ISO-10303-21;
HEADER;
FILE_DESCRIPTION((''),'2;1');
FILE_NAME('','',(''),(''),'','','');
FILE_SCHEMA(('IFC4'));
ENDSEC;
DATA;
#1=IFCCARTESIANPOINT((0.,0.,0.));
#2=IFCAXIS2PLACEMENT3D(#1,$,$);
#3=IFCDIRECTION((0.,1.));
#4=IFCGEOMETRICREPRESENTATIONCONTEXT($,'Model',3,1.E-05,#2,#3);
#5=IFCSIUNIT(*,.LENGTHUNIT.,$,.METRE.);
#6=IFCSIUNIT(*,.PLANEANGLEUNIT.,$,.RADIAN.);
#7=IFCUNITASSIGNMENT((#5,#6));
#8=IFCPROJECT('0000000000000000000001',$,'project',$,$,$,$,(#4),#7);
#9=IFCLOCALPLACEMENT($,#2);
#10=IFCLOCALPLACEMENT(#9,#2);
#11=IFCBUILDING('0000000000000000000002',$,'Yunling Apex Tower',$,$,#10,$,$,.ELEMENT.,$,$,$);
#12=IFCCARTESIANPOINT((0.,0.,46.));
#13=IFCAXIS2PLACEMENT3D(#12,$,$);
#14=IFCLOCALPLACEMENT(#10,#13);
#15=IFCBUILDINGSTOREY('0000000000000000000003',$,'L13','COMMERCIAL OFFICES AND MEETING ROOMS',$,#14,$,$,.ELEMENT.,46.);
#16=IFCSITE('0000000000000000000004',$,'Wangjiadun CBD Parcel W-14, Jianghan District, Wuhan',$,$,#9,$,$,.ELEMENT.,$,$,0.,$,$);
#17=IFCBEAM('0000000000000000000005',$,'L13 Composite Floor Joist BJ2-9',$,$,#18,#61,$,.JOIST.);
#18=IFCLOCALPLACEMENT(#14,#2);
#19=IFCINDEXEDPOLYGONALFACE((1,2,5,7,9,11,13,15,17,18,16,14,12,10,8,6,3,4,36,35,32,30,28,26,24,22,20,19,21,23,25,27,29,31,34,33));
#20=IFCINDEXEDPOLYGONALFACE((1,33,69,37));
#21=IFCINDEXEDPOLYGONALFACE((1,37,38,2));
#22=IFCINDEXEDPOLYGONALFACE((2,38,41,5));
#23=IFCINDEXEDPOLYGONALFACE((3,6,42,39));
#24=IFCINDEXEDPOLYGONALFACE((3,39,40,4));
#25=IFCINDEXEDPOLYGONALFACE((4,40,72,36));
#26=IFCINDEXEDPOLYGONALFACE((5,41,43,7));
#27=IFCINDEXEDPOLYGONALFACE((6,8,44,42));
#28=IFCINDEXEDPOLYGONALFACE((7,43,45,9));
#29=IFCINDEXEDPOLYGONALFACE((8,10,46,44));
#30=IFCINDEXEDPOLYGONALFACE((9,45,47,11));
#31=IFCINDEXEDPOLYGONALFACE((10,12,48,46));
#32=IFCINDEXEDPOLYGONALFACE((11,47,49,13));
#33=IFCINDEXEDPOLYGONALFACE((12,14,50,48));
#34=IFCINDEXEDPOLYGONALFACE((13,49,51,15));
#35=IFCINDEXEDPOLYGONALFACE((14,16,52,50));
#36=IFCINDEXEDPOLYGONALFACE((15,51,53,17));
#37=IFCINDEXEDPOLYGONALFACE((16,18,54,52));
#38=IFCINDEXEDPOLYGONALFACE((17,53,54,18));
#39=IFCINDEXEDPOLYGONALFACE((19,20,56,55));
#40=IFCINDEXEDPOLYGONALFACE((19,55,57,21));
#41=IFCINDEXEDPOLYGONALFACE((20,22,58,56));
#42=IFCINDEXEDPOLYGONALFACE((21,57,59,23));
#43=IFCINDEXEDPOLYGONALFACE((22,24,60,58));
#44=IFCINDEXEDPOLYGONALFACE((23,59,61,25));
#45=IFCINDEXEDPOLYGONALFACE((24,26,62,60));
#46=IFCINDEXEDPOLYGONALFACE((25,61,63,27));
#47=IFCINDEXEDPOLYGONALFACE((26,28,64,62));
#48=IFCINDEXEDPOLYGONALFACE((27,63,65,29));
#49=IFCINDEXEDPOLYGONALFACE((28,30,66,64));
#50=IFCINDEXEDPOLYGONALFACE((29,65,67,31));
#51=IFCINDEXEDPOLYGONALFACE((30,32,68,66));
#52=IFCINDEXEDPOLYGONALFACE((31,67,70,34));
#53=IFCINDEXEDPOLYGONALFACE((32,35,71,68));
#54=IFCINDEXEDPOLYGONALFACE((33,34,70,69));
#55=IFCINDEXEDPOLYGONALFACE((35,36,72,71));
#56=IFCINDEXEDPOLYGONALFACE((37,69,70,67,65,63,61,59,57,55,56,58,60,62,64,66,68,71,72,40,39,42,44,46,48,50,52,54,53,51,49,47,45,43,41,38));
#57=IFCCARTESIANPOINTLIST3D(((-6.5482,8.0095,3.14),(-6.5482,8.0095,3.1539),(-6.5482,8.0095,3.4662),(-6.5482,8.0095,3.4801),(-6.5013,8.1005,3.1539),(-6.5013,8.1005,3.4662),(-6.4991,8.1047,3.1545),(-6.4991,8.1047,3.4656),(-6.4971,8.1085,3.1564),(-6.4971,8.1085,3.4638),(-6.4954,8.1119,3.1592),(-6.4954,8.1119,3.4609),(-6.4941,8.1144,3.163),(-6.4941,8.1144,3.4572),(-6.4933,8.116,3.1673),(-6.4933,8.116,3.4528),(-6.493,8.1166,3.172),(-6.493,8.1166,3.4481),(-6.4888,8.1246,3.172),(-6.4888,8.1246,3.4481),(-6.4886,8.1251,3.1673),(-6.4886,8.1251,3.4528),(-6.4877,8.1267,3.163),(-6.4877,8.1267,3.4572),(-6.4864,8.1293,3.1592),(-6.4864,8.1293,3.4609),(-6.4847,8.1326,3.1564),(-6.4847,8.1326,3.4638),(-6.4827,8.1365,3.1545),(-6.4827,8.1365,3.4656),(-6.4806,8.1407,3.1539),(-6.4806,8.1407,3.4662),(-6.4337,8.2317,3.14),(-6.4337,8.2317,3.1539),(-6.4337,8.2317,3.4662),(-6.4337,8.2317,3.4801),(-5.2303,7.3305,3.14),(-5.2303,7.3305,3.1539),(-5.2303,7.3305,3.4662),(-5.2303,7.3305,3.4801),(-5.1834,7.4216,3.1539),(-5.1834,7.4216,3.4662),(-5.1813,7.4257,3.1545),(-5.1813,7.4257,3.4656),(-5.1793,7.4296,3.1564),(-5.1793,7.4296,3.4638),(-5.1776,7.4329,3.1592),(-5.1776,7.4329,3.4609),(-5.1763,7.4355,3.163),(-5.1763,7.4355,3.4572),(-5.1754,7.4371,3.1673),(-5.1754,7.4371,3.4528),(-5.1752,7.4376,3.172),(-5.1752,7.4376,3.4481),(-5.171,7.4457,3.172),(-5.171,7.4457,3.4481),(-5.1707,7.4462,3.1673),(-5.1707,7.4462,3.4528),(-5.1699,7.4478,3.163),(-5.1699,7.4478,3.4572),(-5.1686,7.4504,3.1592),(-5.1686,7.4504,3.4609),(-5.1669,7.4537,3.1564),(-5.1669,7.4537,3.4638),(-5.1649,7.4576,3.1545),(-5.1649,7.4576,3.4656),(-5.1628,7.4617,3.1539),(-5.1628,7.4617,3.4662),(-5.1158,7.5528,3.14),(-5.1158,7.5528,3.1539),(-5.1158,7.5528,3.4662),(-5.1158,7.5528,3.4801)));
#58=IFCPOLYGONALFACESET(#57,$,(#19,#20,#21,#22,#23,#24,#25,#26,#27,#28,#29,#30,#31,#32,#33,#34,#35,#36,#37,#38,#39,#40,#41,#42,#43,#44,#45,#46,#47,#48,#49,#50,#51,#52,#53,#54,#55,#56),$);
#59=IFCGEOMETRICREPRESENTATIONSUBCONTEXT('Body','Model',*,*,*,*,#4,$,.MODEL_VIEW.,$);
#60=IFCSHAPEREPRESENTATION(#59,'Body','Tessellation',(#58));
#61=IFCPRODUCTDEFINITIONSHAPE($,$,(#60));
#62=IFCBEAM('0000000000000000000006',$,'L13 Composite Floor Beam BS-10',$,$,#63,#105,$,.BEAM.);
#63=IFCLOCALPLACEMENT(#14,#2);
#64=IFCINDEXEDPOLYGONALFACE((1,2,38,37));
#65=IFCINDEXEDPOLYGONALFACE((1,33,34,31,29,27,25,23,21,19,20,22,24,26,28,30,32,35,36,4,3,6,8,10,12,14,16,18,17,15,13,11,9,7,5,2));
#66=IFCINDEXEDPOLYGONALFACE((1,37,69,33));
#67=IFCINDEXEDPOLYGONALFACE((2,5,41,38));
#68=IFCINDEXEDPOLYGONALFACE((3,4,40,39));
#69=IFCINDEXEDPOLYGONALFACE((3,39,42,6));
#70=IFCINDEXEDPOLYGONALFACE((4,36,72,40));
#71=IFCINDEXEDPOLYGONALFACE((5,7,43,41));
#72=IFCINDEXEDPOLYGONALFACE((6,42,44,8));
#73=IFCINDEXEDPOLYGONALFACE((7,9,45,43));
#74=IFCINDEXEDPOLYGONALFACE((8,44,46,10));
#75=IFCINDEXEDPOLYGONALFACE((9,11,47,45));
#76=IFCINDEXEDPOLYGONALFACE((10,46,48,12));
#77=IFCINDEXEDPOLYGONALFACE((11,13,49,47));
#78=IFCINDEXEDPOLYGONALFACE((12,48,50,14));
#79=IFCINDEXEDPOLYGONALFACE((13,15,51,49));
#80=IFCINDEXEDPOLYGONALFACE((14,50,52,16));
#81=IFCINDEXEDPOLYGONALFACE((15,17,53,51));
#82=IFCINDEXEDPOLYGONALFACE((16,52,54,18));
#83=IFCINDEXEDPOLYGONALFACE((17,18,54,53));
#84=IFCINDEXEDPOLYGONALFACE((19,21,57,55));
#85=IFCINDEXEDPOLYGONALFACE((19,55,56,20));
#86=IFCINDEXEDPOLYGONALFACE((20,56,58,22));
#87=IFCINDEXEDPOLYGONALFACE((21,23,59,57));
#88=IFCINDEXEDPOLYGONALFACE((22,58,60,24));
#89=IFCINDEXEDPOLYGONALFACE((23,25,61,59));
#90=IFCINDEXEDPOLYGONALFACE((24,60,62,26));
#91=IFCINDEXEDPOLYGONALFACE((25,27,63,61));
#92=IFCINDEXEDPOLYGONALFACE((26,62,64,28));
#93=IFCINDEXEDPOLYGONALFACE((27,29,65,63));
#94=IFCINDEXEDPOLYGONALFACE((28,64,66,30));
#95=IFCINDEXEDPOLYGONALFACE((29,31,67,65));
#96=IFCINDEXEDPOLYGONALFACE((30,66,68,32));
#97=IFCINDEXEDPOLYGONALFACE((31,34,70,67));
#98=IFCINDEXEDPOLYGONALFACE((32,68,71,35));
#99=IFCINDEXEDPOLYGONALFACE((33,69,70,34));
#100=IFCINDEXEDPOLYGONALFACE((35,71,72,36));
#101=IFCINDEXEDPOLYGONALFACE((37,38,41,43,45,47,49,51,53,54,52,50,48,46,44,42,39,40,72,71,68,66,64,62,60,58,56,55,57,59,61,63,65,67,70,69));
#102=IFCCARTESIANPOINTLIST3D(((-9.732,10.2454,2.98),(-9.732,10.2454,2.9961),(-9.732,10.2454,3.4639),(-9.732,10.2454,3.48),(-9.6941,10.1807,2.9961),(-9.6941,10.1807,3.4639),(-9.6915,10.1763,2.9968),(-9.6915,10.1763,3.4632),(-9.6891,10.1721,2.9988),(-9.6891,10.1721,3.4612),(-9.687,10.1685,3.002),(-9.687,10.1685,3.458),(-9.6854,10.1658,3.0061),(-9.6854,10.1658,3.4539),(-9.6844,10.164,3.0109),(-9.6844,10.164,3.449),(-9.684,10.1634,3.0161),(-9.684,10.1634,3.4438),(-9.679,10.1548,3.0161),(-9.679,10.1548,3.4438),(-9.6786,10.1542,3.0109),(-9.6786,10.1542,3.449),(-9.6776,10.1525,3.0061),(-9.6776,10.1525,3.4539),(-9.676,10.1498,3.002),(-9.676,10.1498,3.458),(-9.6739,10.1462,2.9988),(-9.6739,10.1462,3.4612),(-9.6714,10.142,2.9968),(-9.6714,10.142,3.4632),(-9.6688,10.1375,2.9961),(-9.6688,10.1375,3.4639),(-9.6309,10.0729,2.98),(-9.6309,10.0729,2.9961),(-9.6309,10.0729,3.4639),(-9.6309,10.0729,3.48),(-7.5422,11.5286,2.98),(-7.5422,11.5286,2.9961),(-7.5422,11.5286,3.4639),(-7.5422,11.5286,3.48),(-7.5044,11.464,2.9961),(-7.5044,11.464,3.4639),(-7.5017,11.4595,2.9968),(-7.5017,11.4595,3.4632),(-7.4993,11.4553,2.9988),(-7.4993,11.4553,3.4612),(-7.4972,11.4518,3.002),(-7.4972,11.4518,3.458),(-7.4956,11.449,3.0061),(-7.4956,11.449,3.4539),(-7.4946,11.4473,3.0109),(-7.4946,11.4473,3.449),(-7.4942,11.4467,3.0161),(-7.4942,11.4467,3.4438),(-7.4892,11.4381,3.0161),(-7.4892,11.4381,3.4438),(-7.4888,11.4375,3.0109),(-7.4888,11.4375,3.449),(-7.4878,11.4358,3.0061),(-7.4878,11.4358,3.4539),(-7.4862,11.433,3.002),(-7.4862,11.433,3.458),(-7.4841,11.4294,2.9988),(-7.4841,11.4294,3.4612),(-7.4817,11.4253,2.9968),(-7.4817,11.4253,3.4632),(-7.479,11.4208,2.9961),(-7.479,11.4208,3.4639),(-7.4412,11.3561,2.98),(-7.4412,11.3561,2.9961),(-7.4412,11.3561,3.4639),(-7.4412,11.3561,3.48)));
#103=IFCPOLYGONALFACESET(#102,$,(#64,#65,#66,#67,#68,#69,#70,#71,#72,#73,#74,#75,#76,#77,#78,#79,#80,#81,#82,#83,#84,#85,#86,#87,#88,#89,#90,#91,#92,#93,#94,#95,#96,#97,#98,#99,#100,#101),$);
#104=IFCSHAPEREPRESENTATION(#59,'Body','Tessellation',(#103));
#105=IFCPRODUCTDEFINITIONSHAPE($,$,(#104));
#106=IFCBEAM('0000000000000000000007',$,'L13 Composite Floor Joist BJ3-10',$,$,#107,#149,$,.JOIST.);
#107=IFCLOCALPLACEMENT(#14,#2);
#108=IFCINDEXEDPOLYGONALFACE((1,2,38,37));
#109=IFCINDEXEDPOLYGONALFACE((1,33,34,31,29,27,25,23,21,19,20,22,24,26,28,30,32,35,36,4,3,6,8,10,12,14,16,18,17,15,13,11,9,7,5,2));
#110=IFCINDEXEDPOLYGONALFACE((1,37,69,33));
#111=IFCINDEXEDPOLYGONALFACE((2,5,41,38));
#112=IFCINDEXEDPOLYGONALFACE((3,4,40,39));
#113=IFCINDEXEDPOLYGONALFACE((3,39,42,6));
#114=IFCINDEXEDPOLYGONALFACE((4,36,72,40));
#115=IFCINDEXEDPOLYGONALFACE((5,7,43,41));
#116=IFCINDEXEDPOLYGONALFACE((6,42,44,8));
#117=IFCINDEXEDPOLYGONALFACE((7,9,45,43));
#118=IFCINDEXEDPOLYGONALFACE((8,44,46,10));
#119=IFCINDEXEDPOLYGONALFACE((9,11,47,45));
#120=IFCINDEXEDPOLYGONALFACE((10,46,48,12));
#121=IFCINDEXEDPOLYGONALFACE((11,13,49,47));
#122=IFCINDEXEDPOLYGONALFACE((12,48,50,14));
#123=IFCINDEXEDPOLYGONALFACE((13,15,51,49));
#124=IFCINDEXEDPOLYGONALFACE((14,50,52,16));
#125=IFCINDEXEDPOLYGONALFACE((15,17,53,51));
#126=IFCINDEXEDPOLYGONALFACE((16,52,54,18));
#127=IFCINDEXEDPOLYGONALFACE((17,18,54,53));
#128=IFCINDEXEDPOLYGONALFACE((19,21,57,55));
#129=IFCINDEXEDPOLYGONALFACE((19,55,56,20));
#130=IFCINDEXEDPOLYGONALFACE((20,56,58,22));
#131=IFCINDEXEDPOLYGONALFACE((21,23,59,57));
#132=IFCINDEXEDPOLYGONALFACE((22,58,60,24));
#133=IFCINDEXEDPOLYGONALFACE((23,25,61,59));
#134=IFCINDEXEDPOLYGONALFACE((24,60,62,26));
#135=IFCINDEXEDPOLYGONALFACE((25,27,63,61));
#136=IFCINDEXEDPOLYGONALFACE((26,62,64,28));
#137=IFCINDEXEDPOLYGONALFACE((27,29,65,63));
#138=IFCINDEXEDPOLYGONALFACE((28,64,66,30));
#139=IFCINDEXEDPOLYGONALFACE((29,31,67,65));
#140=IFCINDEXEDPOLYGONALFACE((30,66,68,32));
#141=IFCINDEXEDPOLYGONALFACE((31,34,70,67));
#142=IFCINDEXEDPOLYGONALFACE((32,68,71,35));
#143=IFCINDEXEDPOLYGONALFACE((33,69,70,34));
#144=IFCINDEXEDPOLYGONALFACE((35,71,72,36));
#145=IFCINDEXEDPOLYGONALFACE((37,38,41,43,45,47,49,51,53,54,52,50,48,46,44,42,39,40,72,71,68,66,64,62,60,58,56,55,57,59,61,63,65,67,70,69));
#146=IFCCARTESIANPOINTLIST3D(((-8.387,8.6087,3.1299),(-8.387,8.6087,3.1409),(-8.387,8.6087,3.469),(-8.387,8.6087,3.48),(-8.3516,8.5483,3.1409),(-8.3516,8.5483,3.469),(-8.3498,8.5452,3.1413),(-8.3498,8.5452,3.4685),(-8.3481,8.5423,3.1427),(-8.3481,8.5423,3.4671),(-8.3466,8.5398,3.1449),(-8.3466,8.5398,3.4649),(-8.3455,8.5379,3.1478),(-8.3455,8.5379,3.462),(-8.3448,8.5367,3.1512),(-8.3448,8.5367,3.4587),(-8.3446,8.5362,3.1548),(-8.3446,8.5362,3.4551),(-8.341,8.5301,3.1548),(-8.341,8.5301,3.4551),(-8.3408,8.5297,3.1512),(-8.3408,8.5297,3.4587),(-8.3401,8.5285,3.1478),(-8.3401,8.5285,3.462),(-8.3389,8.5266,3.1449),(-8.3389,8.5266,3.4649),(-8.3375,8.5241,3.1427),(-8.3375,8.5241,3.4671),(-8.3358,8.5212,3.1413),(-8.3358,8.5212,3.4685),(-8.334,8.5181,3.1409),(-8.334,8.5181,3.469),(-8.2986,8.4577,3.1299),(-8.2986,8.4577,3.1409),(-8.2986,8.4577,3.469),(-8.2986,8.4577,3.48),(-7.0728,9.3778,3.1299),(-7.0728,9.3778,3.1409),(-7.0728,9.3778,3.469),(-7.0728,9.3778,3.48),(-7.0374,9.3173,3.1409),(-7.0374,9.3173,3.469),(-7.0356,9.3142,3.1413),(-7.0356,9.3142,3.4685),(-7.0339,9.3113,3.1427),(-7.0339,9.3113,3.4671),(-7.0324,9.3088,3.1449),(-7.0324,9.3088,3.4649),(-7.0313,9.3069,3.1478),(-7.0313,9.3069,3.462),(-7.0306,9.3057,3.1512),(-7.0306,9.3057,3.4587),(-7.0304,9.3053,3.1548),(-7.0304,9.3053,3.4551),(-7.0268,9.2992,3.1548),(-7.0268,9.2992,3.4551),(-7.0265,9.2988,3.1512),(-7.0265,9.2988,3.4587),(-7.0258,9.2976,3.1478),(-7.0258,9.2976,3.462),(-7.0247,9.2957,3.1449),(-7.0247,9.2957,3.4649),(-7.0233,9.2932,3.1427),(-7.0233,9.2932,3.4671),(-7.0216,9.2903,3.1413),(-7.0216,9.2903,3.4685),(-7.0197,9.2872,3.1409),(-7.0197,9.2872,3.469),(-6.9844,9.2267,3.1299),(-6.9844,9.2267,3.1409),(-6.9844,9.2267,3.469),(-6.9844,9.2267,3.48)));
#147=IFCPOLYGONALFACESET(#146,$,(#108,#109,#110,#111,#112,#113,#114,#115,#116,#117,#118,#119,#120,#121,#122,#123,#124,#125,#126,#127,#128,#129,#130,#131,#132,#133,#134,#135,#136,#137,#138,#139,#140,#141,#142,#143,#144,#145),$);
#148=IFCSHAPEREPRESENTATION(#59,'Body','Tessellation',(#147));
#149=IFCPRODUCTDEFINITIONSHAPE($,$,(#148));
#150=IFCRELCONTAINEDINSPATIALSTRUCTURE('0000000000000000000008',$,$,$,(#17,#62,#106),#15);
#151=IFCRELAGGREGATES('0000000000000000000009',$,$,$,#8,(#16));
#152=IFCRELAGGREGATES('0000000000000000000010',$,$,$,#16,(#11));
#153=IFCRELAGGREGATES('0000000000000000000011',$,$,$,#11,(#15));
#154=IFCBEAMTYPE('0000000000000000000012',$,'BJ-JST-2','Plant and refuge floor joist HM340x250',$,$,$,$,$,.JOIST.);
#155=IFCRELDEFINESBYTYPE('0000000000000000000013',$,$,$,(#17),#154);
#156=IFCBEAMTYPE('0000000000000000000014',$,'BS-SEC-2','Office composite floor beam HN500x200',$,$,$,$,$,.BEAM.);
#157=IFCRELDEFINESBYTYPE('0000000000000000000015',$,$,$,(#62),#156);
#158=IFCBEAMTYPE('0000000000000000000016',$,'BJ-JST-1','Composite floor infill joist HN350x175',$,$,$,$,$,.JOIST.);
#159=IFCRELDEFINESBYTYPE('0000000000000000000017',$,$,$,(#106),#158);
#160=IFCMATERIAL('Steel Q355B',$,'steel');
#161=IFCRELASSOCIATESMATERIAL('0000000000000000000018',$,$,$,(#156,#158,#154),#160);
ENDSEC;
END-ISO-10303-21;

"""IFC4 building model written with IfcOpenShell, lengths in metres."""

from ifc_helpers import new_model, si_unit, direction, frame, origin, origin_2d, place, context, subcontext, project, spatial, i_section, extrude, source, transform, mapped, material, material_profile, profile_set, type_object, element, save


model = new_model("IFC4")

# Units and contexts
model_context = context("Model", 3, precision=1e-05, world=origin(), true_north=direction((0.0, 1.0)))
body_context = subcontext(model_context, "Body", "Model", "MODEL_VIEW")
ifc_project = project(units=[si_unit("LENGTHUNIT", "METRE"), si_unit("PLANEANGLEUNIT", "RADIAN")], contexts=[model_context])

# Site, building, storey
site_placement = place(None, origin())
site = spatial("IfcSite", under=ifc_project, at=site_placement, Name="Wangjiadun CBD Parcel W-14, Jianghan District, Wuhan", CompositionType="ELEMENT", RefElevation=0.0)
building_placement = place(site_placement, origin())
building = spatial("IfcBuilding", under=site, at=building_placement, Name="Yunling Apex Tower", CompositionType="ELEMENT")
storey_placement = place(building_placement, frame((0.0, 0.0, 46.0)))
storey = spatial("IfcBuildingStorey", under=building, at=storey_placement, Name="L13", Description="COMMERCIAL OFFICES AND MEETING ROOMS", CompositionType="ELEMENT", Elevation=46.0)

# Beams
ifc_material_1 = material(Name="Steel Q355B", Category="steel")
ifc_material_profile_1 = material_profile(ifc_material_1, i_section(OverallWidth=0.2, OverallDepth=0.5, WebThickness=0.01, FlangeThickness=0.0161, FilletRadius=0.02, at=origin_2d()))
ifc_profile_set_1 = profile_set([ifc_material_profile_1], Name="Steel Q355B")
beam_type_1 = type_object("IfcBeamType", Name="BS-SEC-2", Description="Office composite floor beam HN500x200", PredefinedType="BEAM", material=ifc_profile_set_1)
ifc_material_profile_2 = material_profile(ifc_material_1, i_section(OverallWidth=0.175, OverallDepth=0.3501, WebThickness=0.0071, FlangeThickness=0.011, FilletRadius=0.0139, at=origin_2d()))
ifc_profile_set_2 = profile_set([ifc_material_profile_2], Name="Steel Q355B")
beam_type_2 = type_object("IfcBeamType", Name="BJ-JST-1", Description="Composite floor infill joist HN350x175", PredefinedType="JOIST", material=ifc_profile_set_2)
ifc_material_profile_3 = material_profile(ifc_material_1, i_section(OverallWidth=0.25, OverallDepth=0.3401, WebThickness=0.009, FlangeThickness=0.0139, FilletRadius=0.0181, at=origin_2d()))
ifc_profile_set_3 = profile_set([ifc_material_profile_3], Name="Steel Q355B")
beam_type_3 = type_object("IfcBeamType", Name="BJ-JST-2", Description="Plant and refuge floor joist HM340x250", PredefinedType="JOIST", material=ifc_profile_set_3)
shared_shape_1 = source(origin(), body_context, "Body", "SweptSolid", [
    extrude(i_section(OverallWidth=0.25, OverallDepth=0.3401, WebThickness=0.009, FlangeThickness=0.0139, FilletRadius=0.0181, at=origin_2d()), origin(), (0.0, 0.0, 1.0), 1.4824),
])
beam_1_placement = place(storey_placement, frame((-5.1731, 7.4417, 3.3101), z_axis=(-0.88896, 0.457984, 0.0), x_axis=(-0.457984, -0.88896, 0.0)))
element("IfcBeam", 1, at=beam_1_placement, inside=storey, type_object=beam_type_3, Name="L13 Composite Floor Joist BJ2-9", PredefinedType="JOIST", context=body_context, shape_type="MappedRepresentation", body=[
    mapped(shared_shape_1, transform((0.0, 0.0, 0.0), scale=1.0)),
])
shared_shape_2 = source(origin(), body_context, "Body", "SweptSolid", [
    extrude(i_section(OverallWidth=0.2, OverallDepth=0.5, WebThickness=0.01, FlangeThickness=0.0161, FilletRadius=0.02, at=origin_2d()), origin(), (0.0, 0.0, 1.0), 2.5381),
])
beam_2_placement = place(storey_placement, frame((-7.4917, 11.4424, 3.23), z_axis=(-0.862769, -0.505599, 0.0), x_axis=(0.505599, -0.862769, 0.0)))
element("IfcBeam", 2, at=beam_2_placement, inside=storey, type_object=beam_type_1, Name="L13 Composite Floor Beam BS-10", PredefinedType="BEAM", context=body_context, shape_type="MappedRepresentation", body=[
    mapped(shared_shape_2, transform((0.0, 0.0, 0.0), scale=1.0)),
])
shared_shape_3 = source(origin(), body_context, "Body", "SweptSolid", [
    extrude(i_section(OverallWidth=0.175, OverallDepth=0.3501, WebThickness=0.0071, FlangeThickness=0.011, FilletRadius=0.0139, at=origin_2d()), origin(), (0.0, 0.0, 1.0), 1.5227),
])
beam_3_placement = place(storey_placement, frame((-7.0286, 9.3022, 3.3049), z_axis=(-0.863086, -0.505057, 0.0), x_axis=(0.505057, -0.863086, 0.0)))
element("IfcBeam", 3, at=beam_3_placement, inside=storey, type_object=beam_type_2, Name="L13 Composite Floor Joist BJ3-10", PredefinedType="JOIST", context=body_context, shape_type="MappedRepresentation", body=[
    mapped(shared_shape_3, transform((0.0, 0.0, 0.0), scale=1.0)),
])

save(model, "model.ifc")
